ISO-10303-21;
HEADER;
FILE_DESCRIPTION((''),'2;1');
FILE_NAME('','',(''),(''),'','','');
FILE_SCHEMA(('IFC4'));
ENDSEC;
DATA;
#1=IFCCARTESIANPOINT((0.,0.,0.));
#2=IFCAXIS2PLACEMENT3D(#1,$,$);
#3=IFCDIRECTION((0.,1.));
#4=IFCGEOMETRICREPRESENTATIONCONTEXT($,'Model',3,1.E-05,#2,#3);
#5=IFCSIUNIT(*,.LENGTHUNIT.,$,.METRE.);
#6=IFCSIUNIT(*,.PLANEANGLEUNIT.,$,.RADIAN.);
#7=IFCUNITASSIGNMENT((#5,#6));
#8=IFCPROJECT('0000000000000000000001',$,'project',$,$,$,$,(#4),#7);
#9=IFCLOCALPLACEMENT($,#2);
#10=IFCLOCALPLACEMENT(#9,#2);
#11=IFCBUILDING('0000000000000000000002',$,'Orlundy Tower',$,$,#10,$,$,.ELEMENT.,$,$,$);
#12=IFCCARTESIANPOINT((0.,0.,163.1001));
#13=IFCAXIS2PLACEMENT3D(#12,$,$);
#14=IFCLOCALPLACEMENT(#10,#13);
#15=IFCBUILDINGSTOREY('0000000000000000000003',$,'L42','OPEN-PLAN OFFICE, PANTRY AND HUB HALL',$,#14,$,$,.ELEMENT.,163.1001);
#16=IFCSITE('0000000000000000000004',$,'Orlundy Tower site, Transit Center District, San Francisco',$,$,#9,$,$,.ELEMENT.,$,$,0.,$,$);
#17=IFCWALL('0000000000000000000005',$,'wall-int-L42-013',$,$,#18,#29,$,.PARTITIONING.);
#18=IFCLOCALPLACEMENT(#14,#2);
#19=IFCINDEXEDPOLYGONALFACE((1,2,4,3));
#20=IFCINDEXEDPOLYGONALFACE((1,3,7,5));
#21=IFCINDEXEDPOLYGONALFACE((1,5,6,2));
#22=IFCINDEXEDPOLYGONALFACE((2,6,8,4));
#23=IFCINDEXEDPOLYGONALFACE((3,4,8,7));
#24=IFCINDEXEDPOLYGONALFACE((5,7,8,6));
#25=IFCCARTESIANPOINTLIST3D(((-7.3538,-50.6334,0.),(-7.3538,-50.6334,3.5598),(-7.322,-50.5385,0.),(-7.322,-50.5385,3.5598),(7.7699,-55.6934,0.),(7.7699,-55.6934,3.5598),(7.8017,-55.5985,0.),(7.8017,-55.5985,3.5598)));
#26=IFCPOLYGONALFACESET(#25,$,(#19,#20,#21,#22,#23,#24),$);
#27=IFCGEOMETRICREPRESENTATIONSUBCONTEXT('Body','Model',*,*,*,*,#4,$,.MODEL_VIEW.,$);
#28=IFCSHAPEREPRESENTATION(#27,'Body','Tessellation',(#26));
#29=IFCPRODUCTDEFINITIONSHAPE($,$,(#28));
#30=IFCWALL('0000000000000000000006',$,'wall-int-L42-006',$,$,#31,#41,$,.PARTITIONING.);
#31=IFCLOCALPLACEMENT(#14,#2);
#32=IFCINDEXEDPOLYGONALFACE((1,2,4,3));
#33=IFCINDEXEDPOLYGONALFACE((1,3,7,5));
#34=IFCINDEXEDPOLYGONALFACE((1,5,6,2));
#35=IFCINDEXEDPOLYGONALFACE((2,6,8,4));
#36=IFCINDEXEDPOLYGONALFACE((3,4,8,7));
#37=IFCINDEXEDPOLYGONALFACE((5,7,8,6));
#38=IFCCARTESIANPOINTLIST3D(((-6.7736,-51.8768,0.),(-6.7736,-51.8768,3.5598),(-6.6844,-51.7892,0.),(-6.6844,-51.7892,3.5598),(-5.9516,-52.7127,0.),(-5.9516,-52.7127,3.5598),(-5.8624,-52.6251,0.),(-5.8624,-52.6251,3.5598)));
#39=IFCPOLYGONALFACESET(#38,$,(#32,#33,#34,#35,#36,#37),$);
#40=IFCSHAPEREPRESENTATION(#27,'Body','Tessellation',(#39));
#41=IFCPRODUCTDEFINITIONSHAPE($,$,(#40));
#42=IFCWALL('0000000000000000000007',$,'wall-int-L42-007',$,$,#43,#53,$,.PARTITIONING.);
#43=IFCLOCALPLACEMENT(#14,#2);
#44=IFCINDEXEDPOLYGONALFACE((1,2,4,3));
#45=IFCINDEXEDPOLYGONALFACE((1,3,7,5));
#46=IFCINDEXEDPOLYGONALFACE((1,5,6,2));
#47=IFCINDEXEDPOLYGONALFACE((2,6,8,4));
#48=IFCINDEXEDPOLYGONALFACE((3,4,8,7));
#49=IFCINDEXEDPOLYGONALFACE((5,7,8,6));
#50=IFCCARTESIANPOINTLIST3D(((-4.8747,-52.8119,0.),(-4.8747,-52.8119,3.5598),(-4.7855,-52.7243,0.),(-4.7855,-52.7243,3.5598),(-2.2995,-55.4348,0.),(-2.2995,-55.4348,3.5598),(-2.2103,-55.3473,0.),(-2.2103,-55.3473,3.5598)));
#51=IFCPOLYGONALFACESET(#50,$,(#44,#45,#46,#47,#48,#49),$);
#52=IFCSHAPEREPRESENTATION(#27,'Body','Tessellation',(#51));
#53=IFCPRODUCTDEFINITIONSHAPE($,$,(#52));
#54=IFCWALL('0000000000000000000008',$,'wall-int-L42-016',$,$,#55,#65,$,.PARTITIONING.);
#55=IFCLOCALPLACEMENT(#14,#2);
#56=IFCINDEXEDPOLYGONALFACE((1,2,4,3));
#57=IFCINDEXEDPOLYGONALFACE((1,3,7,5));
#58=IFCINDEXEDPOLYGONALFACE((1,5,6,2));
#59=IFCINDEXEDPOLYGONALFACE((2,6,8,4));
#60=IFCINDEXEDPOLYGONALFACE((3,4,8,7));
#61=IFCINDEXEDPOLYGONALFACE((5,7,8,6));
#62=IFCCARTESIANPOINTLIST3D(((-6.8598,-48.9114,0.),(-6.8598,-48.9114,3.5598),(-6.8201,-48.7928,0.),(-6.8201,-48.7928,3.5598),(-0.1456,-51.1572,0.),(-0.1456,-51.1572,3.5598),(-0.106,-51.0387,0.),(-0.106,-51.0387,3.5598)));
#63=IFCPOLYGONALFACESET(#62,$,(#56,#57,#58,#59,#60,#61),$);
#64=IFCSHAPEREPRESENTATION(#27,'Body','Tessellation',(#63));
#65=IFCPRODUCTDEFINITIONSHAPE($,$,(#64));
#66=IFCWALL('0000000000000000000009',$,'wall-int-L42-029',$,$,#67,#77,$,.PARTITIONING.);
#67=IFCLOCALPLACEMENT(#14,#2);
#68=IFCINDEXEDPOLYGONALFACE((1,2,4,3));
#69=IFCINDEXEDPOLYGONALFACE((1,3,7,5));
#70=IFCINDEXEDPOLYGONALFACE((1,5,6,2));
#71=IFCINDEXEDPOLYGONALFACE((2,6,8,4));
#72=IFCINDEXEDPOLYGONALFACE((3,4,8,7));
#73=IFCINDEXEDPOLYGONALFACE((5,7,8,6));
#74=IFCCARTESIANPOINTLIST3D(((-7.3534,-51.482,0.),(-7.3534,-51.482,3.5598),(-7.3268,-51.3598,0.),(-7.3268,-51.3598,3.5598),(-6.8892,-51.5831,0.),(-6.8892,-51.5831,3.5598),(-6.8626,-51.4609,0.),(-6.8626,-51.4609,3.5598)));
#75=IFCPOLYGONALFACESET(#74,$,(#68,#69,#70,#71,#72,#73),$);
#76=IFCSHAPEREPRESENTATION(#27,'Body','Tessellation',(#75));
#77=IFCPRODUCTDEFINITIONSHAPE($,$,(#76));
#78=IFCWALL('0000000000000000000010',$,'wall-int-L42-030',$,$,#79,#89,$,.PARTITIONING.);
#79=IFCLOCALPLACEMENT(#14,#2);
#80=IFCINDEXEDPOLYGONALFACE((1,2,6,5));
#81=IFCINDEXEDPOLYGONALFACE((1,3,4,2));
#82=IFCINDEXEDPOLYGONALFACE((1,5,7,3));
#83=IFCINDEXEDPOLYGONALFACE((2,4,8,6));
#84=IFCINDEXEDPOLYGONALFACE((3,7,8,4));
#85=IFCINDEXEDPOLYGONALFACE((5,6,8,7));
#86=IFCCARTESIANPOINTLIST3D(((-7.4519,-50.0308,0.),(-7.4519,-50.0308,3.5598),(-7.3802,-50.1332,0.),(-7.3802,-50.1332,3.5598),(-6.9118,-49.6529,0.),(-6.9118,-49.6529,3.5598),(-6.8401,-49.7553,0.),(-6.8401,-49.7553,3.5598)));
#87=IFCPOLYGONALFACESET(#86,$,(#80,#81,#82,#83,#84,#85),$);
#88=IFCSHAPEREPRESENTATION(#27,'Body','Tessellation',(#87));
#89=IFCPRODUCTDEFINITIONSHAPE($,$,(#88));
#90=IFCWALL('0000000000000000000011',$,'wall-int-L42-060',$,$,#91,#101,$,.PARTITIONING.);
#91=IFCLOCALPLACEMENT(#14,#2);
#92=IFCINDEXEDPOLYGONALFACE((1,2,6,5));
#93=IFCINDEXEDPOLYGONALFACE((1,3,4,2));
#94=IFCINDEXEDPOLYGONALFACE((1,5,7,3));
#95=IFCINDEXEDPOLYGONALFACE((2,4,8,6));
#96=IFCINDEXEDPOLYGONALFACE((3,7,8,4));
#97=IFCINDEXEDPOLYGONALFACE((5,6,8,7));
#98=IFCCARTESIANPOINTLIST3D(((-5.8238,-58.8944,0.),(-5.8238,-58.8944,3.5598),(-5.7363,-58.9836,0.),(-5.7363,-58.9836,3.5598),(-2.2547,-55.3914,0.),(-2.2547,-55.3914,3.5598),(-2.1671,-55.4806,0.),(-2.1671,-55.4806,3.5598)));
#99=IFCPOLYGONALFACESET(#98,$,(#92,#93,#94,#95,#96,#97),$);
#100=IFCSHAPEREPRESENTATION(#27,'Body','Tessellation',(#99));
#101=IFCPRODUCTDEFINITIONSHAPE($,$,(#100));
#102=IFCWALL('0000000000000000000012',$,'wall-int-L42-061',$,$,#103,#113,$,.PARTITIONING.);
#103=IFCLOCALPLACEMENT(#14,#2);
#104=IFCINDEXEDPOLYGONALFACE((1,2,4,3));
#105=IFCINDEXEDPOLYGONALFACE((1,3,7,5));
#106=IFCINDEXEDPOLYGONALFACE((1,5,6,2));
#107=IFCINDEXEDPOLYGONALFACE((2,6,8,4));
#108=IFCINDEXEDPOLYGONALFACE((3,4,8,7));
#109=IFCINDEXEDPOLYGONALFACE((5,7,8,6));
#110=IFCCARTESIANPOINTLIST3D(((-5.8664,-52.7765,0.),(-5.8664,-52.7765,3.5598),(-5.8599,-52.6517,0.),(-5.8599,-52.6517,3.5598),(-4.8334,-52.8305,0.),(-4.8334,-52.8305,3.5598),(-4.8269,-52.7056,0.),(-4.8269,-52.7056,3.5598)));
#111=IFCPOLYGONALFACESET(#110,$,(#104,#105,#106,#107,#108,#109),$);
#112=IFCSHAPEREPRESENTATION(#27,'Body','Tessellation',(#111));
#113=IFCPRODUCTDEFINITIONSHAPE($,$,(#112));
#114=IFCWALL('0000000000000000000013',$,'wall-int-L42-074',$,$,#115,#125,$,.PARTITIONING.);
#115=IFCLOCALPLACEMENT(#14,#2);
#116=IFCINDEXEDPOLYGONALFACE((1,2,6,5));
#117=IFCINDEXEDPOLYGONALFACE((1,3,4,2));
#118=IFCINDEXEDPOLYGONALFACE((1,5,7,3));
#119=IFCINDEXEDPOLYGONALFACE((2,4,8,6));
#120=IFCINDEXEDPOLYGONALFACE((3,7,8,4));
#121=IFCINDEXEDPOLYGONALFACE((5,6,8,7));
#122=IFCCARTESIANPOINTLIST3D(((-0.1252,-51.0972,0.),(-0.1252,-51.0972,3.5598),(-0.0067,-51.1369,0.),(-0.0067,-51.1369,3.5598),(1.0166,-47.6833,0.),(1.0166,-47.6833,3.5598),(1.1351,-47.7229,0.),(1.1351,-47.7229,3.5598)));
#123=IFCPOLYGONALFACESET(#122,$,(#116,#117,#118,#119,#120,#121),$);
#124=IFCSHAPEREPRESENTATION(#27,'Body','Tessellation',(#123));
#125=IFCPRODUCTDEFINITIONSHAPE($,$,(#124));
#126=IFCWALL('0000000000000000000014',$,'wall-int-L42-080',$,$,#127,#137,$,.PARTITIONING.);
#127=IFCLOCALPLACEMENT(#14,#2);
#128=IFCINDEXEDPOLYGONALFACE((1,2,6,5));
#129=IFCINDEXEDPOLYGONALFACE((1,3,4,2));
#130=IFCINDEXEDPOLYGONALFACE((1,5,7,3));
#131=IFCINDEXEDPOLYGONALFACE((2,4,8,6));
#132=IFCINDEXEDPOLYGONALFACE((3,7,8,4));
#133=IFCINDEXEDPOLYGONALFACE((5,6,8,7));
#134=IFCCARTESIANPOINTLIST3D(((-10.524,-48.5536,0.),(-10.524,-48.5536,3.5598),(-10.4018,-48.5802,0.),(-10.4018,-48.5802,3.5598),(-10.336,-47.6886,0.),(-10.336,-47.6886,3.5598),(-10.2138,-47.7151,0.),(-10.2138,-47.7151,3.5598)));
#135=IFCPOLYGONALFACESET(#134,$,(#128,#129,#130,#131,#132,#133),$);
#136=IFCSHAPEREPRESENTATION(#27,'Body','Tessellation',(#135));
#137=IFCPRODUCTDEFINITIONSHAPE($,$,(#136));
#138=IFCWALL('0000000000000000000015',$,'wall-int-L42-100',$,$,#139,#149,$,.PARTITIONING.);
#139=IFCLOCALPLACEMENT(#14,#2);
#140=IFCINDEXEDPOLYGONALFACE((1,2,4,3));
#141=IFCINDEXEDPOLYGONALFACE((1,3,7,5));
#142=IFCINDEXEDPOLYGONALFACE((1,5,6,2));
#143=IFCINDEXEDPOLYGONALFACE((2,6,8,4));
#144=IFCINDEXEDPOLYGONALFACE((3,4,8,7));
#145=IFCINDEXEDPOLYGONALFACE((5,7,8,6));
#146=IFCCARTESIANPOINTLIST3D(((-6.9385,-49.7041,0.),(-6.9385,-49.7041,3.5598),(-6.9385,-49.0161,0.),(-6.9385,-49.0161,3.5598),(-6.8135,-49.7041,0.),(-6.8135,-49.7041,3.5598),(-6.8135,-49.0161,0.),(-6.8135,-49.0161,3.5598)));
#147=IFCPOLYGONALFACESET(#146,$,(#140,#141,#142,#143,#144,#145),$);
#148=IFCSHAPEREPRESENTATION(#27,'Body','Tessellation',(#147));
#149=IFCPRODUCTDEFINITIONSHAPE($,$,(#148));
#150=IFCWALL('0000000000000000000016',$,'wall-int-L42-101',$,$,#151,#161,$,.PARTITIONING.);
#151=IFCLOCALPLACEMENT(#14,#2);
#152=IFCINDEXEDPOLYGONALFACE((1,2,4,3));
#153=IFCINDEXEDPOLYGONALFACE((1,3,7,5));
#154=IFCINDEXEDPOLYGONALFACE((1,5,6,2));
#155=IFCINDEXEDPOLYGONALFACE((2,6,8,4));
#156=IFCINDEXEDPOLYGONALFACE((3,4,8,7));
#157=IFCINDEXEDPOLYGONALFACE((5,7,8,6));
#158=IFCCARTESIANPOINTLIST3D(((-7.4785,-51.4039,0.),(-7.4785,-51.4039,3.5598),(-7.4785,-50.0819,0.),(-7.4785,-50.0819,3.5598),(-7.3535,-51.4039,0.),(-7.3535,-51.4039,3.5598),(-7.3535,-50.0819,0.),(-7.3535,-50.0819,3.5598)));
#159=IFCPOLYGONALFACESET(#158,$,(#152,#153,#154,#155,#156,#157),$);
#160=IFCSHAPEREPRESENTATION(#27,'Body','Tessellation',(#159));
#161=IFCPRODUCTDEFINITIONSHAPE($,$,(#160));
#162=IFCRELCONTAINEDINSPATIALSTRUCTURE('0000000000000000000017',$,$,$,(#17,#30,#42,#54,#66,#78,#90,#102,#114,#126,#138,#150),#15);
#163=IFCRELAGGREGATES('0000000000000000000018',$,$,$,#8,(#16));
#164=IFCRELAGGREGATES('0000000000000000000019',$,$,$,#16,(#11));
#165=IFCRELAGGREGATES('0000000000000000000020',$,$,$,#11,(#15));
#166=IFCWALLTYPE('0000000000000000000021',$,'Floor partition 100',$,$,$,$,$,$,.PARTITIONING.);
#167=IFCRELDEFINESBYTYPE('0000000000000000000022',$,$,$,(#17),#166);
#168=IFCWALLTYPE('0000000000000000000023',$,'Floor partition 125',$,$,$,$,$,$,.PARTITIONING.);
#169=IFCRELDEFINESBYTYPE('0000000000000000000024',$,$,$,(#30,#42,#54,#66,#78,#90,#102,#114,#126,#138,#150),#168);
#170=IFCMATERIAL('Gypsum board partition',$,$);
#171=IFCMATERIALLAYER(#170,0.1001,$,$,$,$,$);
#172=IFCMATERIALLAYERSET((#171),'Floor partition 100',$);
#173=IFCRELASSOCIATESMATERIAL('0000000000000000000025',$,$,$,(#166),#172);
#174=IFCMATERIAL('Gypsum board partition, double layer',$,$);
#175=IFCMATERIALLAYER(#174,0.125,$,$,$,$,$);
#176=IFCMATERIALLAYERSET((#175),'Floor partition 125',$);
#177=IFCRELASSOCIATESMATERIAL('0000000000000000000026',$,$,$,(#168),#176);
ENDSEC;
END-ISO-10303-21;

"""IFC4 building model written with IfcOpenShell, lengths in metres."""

from ifc_helpers import new_model, si_unit, direction, frame, frame_2d, origin, place, context, subcontext, project, spatial, rectangle, extrude, material, layer, layer_set, type_object, element, save


model = new_model("IFC4")

# Units and contexts
model_context = context("Model", 3, precision=1e-05, world=origin(), true_north=direction((0.0, 1.0)))
body_context = subcontext(model_context, "Body", "Model", "MODEL_VIEW")
ifc_project = project(units=[si_unit("LENGTHUNIT", "METRE"), si_unit("PLANEANGLEUNIT", "RADIAN")], contexts=[model_context])

# Site, building, storey
site_placement = place(None, origin())
site = spatial("IfcSite", under=ifc_project, at=site_placement, Name="Orlundy Tower site, Transit Center District, San Francisco", CompositionType="ELEMENT", RefElevation=0.0)
building_placement = place(site_placement, origin())
building = spatial("IfcBuilding", under=site, at=building_placement, Name="Orlundy Tower", CompositionType="ELEMENT")
storey_placement = place(building_placement, frame((0.0, 0.0, 163.1001)))
storey = spatial("IfcBuildingStorey", under=building, at=storey_placement, Name="L42", Description="OPEN-PLAN OFFICE, PANTRY AND HUB HALL", CompositionType="ELEMENT", Elevation=163.1001)

# Walls
ifc_material_1 = material(Name="Gypsum board partition")
ifc_layer_1 = layer(ifc_material_1, 0.1001)
ifc_layer_set_1 = layer_set([ifc_layer_1], Name="Floor partition 100")
wall_type_1 = type_object("IfcWallType", Name="Floor partition 100", PredefinedType="PARTITIONING", material=ifc_layer_set_1)
wall_1_placement = place(storey_placement, frame((-7.3379, -50.5859, 0.0), z_axis=(0.0, 0.0, 1.0), x_axis=(0.948329, -0.317288, 0.0)))
element("IfcWall", 1, at=wall_1_placement, inside=storey, type_object=wall_type_1, Name="wall-int-L42-013", PredefinedType="PARTITIONING", context=body_context, shape_type="SweptSolid", body=[
    extrude(rectangle(XDim=15.9478, YDim=0.1001, at=frame_2d((7.9739, 0.0))), origin(), (0.0, 0.0, 1.0), 3.5598),
])
ifc_material_2 = material(Name="Gypsum board partition, double layer")
ifc_layer_2 = layer(ifc_material_2, 0.125)
ifc_layer_set_2 = layer_set([ifc_layer_2], Name="Floor partition 125")
wall_type_2 = type_object("IfcWallType", Name="Floor partition 125", PredefinedType="PARTITIONING", material=ifc_layer_set_2)
wall_2_placement = place(storey_placement, frame((-6.729, -51.833, 0.0), z_axis=(0.0, 0.0, 1.0), x_axis=(0.701147, -0.713017, 0.0)))
element("IfcWall", 2, at=wall_2_placement, inside=storey, type_object=wall_type_2, Name="wall-int-L42-006", PredefinedType="PARTITIONING", context=body_context, shape_type="SweptSolid", body=[
    extrude(rectangle(XDim=1.1724, YDim=0.125, at=frame_2d((0.5862, 0.0))), origin(), (0.0, 0.0, 1.0), 3.5598),
])
wall_3_placement = place(storey_placement, frame((-4.8301, -52.7681, 0.0), z_axis=(0.0, 0.0, 1.0), x_axis=(0.700568, -0.713586, 0.0)))
element("IfcWall", 3, at=wall_3_placement, inside=storey, type_object=wall_type_2, Name="wall-int-L42-007", PredefinedType="PARTITIONING", context=body_context, shape_type="SweptSolid", body=[
    extrude(rectangle(XDim=3.6758, YDim=0.125, at=frame_2d((1.8379, 0.0))), origin(), (0.0, 0.0, 1.0), 3.5598),
])
wall_4_placement = place(storey_placement, frame((-6.8401, -48.8521, 0.0), z_axis=(0.0, 0.0, 1.0), x_axis=(0.948352, -0.317221, 0.0)))
element("IfcWall", 4, at=wall_4_placement, inside=storey, type_object=wall_type_2, Name="wall-int-L42-016", PredefinedType="PARTITIONING", context=body_context, shape_type="SweptSolid", body=[
    extrude(rectangle(XDim=7.0798, YDim=0.125, at=frame_2d((3.54, 0.0))), origin(), (0.0, 0.0, 1.0), 3.5598),
])
wall_5_placement = place(storey_placement, frame((-7.3401, -51.4209, 0.0), z_axis=(0.0, 0.0, 1.0), x_axis=(0.977097, -0.212792, 0.0)))
element("IfcWall", 5, at=wall_5_placement, inside=storey, type_object=wall_type_2, Name="wall-int-L42-029", PredefinedType="PARTITIONING", context=body_context, shape_type="SweptSolid", body=[
    extrude(rectangle(XDim=0.4751, YDim=0.125, at=frame_2d((0.2375, 0.0))), origin(), (0.0, 0.0, 1.0), 3.5598),
])
wall_6_placement = place(storey_placement, frame((-7.416, -50.082, 0.0), z_axis=(0.0, 0.0, 1.0), x_axis=(0.819302, 0.573363, 0.0)))
element("IfcWall", 6, at=wall_6_placement, inside=storey, type_object=wall_type_2, Name="wall-int-L42-030", PredefinedType="PARTITIONING", context=body_context, shape_type="SweptSolid", body=[
    extrude(rectangle(XDim=0.6592, YDim=0.125, at=frame_2d((0.3296, 0.0))), origin(), (0.0, 0.0, 1.0), 3.5598),
])
wall_7_placement = place(storey_placement, frame((-5.78, -58.939, 0.0), z_axis=(0.0, 0.0, 1.0), x_axis=(0.713691, 0.700461, 0.0)))
element("IfcWall", 7, at=wall_7_placement, inside=storey, type_object=wall_type_2, Name="wall-int-L42-060", PredefinedType="PARTITIONING", context=body_context, shape_type="SweptSolid", body=[
    extrude(rectangle(XDim=5.001, YDim=0.125, at=frame_2d((2.5005, 0.0))), origin(), (0.0, 0.0, 1.0), 3.5598),
])
wall_8_placement = place(storey_placement, frame((-5.863, -52.7141, 0.0), z_axis=(0.0, 0.0, 1.0), x_axis=(0.998639, -0.052162, 0.0)))
element("IfcWall", 8, at=wall_8_placement, inside=storey, type_object=wall_type_2, Name="wall-int-L42-061", PredefinedType="PARTITIONING", context=body_context, shape_type="SweptSolid", body=[
    extrude(rectangle(XDim=1.0344, YDim=0.125, at=frame_2d((0.5171, 0.0))), origin(), (0.0, 0.0, 1.0), 3.5598),
])
wall_9_placement = place(storey_placement, frame((-0.0659, -51.1169, 0.0), z_axis=(0.0, 0.0, 1.0), x_axis=(0.317184, 0.948364, 0.0)))
element("IfcWall", 9, at=wall_9_placement, inside=storey, type_object=wall_type_2, Name="wall-int-L42-074", PredefinedType="PARTITIONING", context=body_context, shape_type="SweptSolid", body=[
    extrude(rectangle(XDim=3.5999, YDim=0.125, at=frame_2d((1.7998, 0.0))), origin(), (0.0, 0.0, 1.0), 3.5598),
])
wall_10_placement = place(storey_placement, frame((-10.4629, -48.5669, 0.0), z_axis=(0.0, 0.0, 1.0), x_axis=(0.212372, 0.977189, 0.0)))
element("IfcWall", 10, at=wall_10_placement, inside=storey, type_object=wall_type_2, Name="wall-int-L42-080", PredefinedType="PARTITIONING", context=body_context, shape_type="SweptSolid", body=[
    extrude(rectangle(XDim=0.8853, YDim=0.125, at=frame_2d((0.4426, 0.0))), origin(), (0.0, 0.0, 1.0), 3.5598),
])
wall_11_placement = place(storey_placement, frame((-6.876, -49.7041, 0.0), z_axis=(0.0, 0.0, 1.0), x_axis=(0.0, 1.0, 0.0)))
element("IfcWall", 11, at=wall_11_placement, inside=storey, type_object=wall_type_2, Name="wall-int-L42-100", PredefinedType="PARTITIONING", context=body_context, shape_type="SweptSolid", body=[
    extrude(rectangle(XDim=0.688, YDim=0.125, at=frame_2d((0.344, 0.0))), origin(), (0.0, 0.0, 1.0), 3.5598),
])
wall_12_placement = place(storey_placement, frame((-7.416, -51.4041, 0.0), z_axis=(0.0, 0.0, 1.0), x_axis=(0.0, 1.0, 0.0)))
element("IfcWall", 12, at=wall_12_placement, inside=storey, type_object=wall_type_2, Name="wall-int-L42-101", PredefinedType="PARTITIONING", context=body_context, shape_type="SweptSolid", body=[
    extrude(rectangle(XDim=1.322, YDim=0.125, at=frame_2d((0.6611, 0.0))), origin(), (0.0, 0.0, 1.0), 3.5598),
])

save(model, "model.ifc")
